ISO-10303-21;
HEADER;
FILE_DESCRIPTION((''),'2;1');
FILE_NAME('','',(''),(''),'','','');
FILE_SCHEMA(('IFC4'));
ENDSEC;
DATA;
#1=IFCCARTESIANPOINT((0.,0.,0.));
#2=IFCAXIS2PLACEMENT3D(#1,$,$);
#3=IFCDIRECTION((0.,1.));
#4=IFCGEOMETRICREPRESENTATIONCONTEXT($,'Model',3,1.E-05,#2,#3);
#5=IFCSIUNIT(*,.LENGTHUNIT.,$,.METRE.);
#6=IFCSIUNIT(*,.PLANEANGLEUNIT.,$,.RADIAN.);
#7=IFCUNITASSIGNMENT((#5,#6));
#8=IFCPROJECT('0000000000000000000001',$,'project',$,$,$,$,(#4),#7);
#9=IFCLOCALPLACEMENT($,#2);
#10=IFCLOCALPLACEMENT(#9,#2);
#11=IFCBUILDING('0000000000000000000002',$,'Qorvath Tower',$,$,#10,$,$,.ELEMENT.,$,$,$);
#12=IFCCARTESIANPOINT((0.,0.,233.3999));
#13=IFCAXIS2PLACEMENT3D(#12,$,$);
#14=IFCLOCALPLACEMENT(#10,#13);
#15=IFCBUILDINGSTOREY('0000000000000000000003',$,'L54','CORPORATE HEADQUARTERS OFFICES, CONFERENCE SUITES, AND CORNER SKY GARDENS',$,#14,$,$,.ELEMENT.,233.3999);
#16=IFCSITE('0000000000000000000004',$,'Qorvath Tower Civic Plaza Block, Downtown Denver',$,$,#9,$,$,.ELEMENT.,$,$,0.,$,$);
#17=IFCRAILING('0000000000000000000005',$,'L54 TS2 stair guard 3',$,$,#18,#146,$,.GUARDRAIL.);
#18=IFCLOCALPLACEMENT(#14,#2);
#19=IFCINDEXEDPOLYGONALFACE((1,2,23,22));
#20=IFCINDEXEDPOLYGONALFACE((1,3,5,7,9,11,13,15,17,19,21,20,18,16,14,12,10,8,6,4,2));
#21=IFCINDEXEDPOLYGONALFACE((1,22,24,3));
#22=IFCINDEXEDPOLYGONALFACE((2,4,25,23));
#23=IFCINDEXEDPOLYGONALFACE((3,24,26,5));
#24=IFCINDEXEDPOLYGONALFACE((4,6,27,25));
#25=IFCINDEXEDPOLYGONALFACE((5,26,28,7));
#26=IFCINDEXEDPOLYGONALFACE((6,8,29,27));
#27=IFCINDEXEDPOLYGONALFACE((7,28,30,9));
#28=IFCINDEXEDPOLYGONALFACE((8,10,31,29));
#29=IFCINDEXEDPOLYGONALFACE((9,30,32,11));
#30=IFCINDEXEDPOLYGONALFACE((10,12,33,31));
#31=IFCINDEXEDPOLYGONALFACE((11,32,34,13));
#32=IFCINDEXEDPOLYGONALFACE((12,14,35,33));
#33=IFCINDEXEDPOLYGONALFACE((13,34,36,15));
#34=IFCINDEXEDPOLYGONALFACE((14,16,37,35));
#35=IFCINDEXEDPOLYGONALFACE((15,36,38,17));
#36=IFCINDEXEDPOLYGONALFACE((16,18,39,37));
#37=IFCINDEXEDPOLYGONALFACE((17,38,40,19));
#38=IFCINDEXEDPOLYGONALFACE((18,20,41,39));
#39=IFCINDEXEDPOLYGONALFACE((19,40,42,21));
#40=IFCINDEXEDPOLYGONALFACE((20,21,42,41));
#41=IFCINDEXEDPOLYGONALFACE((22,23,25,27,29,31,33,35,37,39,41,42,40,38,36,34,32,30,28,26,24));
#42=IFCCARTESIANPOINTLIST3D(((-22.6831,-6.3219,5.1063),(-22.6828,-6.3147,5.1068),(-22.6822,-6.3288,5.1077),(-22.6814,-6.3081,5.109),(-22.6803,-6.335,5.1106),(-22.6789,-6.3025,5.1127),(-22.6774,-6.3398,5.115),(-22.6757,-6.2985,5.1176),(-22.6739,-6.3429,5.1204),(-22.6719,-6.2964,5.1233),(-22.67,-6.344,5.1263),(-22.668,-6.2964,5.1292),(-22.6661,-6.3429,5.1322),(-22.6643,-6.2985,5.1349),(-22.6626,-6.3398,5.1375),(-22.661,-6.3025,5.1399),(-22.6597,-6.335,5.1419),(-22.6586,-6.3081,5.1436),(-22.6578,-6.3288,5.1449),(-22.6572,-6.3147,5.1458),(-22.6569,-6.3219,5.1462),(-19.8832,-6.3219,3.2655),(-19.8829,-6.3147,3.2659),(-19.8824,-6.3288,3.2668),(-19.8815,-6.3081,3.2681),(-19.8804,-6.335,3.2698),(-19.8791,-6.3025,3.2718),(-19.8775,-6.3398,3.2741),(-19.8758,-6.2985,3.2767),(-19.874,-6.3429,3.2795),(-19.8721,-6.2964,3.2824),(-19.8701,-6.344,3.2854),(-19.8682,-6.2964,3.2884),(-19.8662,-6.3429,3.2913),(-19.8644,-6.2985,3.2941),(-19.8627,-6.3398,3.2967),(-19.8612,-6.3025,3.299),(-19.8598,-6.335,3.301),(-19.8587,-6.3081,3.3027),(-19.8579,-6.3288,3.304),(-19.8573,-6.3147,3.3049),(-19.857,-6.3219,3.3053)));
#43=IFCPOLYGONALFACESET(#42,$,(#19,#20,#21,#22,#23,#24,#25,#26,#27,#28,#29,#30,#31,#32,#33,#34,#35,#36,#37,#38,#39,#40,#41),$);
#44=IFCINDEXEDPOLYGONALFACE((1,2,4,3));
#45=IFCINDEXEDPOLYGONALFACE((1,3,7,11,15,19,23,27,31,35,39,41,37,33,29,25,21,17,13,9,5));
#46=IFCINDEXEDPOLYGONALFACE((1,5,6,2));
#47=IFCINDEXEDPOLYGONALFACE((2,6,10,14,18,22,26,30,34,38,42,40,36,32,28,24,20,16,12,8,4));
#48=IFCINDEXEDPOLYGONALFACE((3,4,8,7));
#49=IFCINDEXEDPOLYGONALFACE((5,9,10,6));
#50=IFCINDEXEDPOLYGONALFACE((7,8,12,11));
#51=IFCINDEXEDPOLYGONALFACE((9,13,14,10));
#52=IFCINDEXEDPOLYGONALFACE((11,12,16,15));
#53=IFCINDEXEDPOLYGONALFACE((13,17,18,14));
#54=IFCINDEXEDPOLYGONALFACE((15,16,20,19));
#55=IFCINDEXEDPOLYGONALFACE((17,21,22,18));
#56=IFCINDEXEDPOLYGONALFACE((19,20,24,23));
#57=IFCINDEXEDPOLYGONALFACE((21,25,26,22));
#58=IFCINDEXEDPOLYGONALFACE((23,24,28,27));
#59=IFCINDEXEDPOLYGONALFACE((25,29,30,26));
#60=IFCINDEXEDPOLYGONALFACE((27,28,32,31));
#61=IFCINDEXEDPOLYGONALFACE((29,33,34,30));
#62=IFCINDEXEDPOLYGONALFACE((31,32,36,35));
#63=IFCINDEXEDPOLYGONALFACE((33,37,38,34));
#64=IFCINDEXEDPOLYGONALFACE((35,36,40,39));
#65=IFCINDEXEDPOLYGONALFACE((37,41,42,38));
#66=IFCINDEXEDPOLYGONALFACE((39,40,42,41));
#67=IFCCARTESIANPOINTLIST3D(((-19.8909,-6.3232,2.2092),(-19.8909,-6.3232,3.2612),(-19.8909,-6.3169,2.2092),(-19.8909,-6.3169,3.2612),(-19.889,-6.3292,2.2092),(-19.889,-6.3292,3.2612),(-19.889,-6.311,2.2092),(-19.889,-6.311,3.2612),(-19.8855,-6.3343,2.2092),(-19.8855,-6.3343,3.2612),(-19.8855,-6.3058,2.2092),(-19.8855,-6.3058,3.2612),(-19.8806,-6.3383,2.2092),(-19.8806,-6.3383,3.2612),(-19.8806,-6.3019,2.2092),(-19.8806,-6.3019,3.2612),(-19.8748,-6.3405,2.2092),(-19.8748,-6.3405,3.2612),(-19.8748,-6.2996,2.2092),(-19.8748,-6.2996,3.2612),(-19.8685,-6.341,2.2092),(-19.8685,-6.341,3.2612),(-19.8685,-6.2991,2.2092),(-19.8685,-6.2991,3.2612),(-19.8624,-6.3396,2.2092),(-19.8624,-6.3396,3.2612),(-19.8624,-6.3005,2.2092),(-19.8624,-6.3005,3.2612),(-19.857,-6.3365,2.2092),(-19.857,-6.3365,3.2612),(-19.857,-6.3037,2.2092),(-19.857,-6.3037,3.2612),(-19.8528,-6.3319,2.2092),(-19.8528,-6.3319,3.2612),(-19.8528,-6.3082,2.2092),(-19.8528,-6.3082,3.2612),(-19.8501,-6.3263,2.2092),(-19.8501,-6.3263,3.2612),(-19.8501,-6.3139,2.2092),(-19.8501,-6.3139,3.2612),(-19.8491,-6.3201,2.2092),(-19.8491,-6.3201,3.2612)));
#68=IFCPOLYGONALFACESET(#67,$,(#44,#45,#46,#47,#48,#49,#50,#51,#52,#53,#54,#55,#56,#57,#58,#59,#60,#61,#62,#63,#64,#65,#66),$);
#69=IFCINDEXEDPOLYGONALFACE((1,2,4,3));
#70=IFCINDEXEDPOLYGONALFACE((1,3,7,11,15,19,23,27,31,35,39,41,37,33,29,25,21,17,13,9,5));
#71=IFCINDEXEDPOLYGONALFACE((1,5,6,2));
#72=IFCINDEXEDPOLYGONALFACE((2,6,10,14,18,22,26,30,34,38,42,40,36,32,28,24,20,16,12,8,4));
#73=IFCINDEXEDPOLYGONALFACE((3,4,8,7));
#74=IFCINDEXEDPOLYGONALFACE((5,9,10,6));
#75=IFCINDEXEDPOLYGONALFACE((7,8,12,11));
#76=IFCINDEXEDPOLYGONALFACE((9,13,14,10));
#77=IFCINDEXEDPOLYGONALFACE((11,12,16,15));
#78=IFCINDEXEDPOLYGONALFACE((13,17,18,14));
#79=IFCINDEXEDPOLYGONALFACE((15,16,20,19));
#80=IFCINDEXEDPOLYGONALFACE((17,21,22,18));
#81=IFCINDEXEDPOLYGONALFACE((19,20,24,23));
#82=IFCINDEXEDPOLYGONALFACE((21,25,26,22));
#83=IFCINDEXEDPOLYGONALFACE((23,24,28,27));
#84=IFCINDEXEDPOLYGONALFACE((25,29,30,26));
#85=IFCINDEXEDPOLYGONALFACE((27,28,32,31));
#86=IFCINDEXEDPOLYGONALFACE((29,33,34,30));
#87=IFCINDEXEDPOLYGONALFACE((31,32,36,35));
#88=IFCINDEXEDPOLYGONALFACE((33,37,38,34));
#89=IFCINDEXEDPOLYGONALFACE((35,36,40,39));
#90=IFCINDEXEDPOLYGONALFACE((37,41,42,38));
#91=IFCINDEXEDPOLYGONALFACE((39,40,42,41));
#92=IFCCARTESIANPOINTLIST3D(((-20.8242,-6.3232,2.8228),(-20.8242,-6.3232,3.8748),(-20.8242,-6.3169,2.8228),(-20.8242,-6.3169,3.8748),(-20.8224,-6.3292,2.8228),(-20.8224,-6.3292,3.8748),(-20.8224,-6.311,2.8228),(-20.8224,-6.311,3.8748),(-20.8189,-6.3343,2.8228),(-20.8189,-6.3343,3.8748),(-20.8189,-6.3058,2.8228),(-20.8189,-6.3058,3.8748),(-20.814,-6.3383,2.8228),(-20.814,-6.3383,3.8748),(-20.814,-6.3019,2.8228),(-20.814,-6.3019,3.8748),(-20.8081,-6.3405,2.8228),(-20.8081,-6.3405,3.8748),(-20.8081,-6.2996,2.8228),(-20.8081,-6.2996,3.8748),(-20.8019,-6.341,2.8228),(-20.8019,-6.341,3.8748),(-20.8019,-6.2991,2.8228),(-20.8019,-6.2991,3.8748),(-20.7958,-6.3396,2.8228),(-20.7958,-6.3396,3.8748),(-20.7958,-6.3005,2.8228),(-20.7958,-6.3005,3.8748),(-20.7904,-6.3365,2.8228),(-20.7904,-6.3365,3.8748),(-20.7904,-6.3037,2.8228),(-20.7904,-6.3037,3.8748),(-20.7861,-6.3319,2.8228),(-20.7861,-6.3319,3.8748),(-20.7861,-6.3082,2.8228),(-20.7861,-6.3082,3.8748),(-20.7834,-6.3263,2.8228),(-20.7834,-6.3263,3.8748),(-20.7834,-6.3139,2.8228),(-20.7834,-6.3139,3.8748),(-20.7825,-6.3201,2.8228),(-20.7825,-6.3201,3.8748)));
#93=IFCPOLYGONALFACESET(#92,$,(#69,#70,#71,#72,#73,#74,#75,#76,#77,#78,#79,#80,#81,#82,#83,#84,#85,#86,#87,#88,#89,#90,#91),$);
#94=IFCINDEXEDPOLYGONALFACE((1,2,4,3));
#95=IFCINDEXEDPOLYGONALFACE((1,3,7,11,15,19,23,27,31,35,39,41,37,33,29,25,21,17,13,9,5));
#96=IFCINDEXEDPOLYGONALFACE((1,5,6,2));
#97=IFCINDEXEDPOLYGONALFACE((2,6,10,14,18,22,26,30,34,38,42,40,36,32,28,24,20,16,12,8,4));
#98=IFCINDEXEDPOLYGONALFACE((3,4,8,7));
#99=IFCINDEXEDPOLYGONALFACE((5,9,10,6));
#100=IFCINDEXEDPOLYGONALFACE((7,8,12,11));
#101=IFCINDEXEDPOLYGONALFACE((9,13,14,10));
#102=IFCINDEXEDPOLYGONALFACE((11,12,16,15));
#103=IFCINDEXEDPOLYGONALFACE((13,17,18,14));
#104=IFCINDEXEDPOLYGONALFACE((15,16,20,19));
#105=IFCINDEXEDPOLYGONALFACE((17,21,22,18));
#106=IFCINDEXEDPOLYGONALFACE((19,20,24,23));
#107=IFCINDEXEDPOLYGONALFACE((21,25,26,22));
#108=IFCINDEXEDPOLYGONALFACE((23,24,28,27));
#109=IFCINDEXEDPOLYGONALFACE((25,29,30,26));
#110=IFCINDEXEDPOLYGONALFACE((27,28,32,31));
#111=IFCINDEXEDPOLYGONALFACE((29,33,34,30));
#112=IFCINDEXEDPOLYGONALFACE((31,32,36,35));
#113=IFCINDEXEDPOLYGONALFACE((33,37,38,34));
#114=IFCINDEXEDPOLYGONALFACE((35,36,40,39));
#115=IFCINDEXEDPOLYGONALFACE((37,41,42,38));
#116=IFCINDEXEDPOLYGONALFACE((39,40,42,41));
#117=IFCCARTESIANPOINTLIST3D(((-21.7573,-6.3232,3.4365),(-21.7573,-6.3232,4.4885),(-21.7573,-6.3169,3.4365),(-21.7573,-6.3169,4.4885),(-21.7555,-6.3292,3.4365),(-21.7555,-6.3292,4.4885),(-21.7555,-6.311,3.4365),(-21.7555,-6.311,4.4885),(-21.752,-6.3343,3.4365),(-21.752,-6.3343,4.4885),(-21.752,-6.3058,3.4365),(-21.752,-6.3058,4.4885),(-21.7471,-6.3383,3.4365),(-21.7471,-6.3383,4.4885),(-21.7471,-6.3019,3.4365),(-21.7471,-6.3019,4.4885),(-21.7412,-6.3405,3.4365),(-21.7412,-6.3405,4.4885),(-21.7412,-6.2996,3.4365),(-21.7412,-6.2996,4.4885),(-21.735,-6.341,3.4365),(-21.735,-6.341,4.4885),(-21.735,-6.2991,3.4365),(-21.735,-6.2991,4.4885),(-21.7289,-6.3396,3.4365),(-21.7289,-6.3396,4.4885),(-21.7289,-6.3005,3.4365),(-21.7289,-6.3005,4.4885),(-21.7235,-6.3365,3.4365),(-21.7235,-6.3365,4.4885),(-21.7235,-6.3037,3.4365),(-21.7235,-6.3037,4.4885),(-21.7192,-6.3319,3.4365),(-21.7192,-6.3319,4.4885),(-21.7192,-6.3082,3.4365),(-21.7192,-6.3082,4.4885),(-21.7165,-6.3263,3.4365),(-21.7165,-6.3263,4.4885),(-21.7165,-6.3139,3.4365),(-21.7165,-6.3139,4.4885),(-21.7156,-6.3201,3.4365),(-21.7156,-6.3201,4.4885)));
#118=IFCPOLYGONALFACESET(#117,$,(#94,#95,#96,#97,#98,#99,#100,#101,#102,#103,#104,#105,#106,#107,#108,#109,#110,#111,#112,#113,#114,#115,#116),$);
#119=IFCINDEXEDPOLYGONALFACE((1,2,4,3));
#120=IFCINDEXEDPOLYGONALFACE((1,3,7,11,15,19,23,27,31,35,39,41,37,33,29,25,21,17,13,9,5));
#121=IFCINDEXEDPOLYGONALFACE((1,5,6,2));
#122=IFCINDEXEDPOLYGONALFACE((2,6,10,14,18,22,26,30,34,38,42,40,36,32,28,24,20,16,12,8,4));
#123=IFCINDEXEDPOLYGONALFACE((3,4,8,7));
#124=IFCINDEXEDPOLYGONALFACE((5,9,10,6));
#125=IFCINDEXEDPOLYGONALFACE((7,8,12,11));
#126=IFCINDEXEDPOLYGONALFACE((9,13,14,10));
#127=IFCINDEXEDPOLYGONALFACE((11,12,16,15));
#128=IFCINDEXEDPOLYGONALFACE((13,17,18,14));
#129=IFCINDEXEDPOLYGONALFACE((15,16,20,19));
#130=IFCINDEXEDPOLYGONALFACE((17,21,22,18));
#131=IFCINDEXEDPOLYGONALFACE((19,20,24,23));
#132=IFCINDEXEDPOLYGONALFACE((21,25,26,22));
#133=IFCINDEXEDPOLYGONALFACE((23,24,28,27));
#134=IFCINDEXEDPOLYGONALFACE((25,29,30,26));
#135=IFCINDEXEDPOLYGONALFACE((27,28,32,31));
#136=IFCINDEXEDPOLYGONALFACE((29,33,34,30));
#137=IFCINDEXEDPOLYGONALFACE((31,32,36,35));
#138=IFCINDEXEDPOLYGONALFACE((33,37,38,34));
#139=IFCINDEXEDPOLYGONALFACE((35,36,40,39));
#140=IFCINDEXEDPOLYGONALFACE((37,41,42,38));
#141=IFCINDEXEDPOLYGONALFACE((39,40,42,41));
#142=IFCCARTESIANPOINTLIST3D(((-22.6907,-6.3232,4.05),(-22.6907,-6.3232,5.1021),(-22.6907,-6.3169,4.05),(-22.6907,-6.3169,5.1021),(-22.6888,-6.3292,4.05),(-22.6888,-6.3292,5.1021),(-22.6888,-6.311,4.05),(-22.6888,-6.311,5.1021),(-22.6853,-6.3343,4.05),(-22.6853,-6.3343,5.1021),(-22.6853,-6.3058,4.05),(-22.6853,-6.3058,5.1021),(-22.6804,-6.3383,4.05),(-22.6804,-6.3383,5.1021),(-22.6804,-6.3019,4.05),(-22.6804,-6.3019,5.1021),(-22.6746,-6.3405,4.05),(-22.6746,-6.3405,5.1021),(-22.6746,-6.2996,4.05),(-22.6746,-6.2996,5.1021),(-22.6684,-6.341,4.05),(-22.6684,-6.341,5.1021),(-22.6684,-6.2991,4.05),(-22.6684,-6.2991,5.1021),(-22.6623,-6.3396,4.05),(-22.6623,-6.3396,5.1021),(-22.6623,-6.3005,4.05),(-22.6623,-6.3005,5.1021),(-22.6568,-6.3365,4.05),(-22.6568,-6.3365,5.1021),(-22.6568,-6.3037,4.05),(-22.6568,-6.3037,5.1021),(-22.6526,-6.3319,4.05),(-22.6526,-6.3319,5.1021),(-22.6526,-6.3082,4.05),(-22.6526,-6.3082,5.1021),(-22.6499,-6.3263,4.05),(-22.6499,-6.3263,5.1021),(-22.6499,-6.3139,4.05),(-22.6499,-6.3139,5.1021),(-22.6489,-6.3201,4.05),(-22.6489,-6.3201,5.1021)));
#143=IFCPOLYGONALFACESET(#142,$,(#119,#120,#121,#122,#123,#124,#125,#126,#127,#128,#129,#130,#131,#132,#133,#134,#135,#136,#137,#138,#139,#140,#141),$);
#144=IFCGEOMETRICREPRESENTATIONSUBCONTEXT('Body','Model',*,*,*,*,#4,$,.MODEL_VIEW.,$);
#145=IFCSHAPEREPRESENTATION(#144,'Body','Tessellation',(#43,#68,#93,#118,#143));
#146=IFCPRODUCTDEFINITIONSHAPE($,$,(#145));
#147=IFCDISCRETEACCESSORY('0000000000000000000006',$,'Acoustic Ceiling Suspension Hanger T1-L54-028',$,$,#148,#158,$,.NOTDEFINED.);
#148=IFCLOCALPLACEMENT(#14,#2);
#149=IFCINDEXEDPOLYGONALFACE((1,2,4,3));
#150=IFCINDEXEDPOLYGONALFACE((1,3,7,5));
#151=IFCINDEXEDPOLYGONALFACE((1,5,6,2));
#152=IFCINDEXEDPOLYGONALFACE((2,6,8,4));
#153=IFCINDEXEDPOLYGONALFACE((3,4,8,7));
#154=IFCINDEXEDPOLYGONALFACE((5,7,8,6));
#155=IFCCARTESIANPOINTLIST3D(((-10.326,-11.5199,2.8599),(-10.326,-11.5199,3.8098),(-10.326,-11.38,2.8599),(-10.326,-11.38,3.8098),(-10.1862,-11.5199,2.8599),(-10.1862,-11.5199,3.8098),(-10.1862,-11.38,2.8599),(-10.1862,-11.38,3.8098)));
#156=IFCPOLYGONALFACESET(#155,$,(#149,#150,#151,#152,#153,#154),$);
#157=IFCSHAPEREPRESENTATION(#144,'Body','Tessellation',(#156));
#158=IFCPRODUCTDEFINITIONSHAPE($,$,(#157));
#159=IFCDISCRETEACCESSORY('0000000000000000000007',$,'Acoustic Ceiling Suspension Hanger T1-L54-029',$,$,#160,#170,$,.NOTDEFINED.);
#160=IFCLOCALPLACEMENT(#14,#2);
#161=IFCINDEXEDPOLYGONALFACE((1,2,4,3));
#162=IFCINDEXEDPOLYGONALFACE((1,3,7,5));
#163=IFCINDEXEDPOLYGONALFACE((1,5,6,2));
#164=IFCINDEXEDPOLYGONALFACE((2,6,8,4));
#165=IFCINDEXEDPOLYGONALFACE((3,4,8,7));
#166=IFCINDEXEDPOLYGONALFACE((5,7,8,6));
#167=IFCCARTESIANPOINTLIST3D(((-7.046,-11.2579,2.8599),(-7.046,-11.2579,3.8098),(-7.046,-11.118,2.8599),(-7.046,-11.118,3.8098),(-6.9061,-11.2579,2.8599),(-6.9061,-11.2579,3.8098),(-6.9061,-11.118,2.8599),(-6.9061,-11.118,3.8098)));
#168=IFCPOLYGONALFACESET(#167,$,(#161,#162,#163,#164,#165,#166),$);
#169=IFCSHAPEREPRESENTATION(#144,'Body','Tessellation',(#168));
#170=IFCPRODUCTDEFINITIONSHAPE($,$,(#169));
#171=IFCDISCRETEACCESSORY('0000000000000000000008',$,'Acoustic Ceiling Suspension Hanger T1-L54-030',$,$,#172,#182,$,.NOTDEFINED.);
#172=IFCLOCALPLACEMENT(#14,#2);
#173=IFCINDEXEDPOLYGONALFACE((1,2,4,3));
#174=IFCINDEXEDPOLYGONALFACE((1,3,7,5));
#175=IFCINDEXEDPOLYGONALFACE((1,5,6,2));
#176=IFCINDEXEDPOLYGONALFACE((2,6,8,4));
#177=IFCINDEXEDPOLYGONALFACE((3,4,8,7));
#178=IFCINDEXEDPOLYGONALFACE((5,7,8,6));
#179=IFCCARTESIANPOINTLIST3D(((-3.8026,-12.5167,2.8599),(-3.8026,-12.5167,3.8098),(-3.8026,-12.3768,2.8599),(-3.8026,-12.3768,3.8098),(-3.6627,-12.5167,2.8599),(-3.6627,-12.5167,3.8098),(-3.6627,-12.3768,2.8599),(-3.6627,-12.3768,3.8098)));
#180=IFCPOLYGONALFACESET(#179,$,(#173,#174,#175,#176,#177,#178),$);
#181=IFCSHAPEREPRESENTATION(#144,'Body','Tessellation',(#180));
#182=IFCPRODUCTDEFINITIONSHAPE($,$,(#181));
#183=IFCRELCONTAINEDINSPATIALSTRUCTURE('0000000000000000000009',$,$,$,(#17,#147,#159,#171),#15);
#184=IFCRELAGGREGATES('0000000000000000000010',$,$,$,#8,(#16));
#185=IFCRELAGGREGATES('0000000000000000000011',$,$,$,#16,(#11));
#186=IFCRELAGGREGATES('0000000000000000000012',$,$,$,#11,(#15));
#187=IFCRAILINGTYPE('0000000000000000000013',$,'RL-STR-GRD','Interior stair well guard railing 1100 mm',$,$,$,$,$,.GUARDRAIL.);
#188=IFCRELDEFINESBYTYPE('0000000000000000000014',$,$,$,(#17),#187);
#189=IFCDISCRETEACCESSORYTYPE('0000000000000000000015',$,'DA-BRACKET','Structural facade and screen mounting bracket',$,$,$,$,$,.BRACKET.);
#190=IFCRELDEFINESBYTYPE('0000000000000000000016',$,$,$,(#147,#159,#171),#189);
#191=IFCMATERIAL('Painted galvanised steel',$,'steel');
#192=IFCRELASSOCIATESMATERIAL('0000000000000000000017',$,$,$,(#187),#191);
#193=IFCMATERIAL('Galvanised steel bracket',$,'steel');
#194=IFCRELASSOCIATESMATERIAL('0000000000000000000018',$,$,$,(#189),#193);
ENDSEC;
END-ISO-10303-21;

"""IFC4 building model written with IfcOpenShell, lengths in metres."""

from ifc_helpers import new_model, si_unit, direction, frame, origin, origin_2d, place, context, subcontext, project, spatial, rectangle, circle, extrude, material, type_object, element, save


model = new_model("IFC4")

# Units and contexts
model_context = context("Model", 3, precision=1e-05, world=origin(), true_north=direction((0.0, 1.0)))
body_context = subcontext(model_context, "Body", "Model", "MODEL_VIEW")
ifc_project = project(units=[si_unit("LENGTHUNIT", "METRE"), si_unit("PLANEANGLEUNIT", "RADIAN")], contexts=[model_context])

# Site, building, storey
site_placement = place(None, origin())
site = spatial("IfcSite", under=ifc_project, at=site_placement, Name="Qorvath Tower Civic Plaza Block, Downtown Denver", CompositionType="ELEMENT", RefElevation=0.0)
building_placement = place(site_placement, origin())
building = spatial("IfcBuilding", under=site, at=building_placement, Name="Qorvath Tower", CompositionType="ELEMENT")
storey_placement = place(building_placement, frame((0.0, 0.0, 233.3999)))
storey = spatial("IfcBuildingStorey", under=building, at=storey_placement, Name="L54", Description="CORPORATE HEADQUARTERS OFFICES, CONFERENCE SUITES, AND CORNER SKY GARDENS", CompositionType="ELEMENT", Elevation=233.3999)

# Railing
ifc_material_1 = material(Name="Painted galvanised steel", Category="steel")
railing_type = type_object("IfcRailingType", Name="RL-STR-GRD", Description="Interior stair well guard railing 1100 mm", PredefinedType="GUARDRAIL", material=ifc_material_1)
railing_1_placement = place(storey_placement, frame((-19.8701, -6.3201, 2.2092)))
element("IfcRailing", 1, at=railing_1_placement, inside=storey, type_object=railing_type, Name="L54 TS2 stair guard 3", PredefinedType="GUARDRAIL", context=body_context, shape_type="SweptSolid", body=[
    extrude(circle(Radius=0.0239, at=origin_2d()), frame((0.0, 0.0, 1.0762), z_axis=(-0.835576, 0.0, 0.549376), x_axis=(0.0, -1.0, 0.0)), (0.0, 0.0, 1.0), 3.3508),
    extrude(circle(Radius=0.021, at=origin_2d()), origin(), (0.0, 0.0, 1.0), 1.052),
    extrude(circle(Radius=0.021, at=origin_2d()), frame((-0.9333, 0.0, 0.6135)), (0.0, 0.0, 1.0), 1.052),
    extrude(circle(Radius=0.021, at=origin_2d()), frame((-1.8665, 0.0, 1.2273)), (0.0, 0.0, 1.0), 1.052),
    extrude(circle(Radius=0.021, at=origin_2d()), frame((-2.7998, 0.0, 1.8408)), (0.0, 0.0, 1.0), 1.052),
])

# Discrete accessories
ifc_material_2 = material(Name="Galvanised steel bracket", Category="steel")
discrete_accessory_type = type_object("IfcDiscreteAccessoryType", Name="DA-BRACKET", Description="Structural facade and screen mounting bracket", PredefinedType="BRACKET", material=ifc_material_2)
for number, where, z_axis, x_axis, name in (
    (2, (-10.2561, -11.45, 2.8599), (0.0, 0.0, 1.0), (1.0, 0.0, 0.0), "Acoustic Ceiling Suspension Hanger T1-L54-028"),
    (3, (-6.9761, -11.188, 2.8599), (0.0, 0.0, 1.0), (1.0, 0.0, 0.0), "Acoustic Ceiling Suspension Hanger T1-L54-029"),
    (4, (-3.7327, -12.4468, 2.8599), (0.0, 0.0, 1.0), (1.0, 0.0, 0.0), "Acoustic Ceiling Suspension Hanger T1-L54-030"),
):
    element("IfcDiscreteAccessory", number, at=place(storey_placement, frame(where, z_axis=z_axis, x_axis=x_axis)), inside=storey, type_object=discrete_accessory_type, Name=name, PredefinedType="NOTDEFINED", context=body_context, shape_type="SweptSolid", body=[
        extrude(rectangle(XDim=0.1399, YDim=0.1399, at=origin_2d()), origin(), (0.0, 0.0, 1.0), 0.95),
    ])

save(model, "model.ifc")
